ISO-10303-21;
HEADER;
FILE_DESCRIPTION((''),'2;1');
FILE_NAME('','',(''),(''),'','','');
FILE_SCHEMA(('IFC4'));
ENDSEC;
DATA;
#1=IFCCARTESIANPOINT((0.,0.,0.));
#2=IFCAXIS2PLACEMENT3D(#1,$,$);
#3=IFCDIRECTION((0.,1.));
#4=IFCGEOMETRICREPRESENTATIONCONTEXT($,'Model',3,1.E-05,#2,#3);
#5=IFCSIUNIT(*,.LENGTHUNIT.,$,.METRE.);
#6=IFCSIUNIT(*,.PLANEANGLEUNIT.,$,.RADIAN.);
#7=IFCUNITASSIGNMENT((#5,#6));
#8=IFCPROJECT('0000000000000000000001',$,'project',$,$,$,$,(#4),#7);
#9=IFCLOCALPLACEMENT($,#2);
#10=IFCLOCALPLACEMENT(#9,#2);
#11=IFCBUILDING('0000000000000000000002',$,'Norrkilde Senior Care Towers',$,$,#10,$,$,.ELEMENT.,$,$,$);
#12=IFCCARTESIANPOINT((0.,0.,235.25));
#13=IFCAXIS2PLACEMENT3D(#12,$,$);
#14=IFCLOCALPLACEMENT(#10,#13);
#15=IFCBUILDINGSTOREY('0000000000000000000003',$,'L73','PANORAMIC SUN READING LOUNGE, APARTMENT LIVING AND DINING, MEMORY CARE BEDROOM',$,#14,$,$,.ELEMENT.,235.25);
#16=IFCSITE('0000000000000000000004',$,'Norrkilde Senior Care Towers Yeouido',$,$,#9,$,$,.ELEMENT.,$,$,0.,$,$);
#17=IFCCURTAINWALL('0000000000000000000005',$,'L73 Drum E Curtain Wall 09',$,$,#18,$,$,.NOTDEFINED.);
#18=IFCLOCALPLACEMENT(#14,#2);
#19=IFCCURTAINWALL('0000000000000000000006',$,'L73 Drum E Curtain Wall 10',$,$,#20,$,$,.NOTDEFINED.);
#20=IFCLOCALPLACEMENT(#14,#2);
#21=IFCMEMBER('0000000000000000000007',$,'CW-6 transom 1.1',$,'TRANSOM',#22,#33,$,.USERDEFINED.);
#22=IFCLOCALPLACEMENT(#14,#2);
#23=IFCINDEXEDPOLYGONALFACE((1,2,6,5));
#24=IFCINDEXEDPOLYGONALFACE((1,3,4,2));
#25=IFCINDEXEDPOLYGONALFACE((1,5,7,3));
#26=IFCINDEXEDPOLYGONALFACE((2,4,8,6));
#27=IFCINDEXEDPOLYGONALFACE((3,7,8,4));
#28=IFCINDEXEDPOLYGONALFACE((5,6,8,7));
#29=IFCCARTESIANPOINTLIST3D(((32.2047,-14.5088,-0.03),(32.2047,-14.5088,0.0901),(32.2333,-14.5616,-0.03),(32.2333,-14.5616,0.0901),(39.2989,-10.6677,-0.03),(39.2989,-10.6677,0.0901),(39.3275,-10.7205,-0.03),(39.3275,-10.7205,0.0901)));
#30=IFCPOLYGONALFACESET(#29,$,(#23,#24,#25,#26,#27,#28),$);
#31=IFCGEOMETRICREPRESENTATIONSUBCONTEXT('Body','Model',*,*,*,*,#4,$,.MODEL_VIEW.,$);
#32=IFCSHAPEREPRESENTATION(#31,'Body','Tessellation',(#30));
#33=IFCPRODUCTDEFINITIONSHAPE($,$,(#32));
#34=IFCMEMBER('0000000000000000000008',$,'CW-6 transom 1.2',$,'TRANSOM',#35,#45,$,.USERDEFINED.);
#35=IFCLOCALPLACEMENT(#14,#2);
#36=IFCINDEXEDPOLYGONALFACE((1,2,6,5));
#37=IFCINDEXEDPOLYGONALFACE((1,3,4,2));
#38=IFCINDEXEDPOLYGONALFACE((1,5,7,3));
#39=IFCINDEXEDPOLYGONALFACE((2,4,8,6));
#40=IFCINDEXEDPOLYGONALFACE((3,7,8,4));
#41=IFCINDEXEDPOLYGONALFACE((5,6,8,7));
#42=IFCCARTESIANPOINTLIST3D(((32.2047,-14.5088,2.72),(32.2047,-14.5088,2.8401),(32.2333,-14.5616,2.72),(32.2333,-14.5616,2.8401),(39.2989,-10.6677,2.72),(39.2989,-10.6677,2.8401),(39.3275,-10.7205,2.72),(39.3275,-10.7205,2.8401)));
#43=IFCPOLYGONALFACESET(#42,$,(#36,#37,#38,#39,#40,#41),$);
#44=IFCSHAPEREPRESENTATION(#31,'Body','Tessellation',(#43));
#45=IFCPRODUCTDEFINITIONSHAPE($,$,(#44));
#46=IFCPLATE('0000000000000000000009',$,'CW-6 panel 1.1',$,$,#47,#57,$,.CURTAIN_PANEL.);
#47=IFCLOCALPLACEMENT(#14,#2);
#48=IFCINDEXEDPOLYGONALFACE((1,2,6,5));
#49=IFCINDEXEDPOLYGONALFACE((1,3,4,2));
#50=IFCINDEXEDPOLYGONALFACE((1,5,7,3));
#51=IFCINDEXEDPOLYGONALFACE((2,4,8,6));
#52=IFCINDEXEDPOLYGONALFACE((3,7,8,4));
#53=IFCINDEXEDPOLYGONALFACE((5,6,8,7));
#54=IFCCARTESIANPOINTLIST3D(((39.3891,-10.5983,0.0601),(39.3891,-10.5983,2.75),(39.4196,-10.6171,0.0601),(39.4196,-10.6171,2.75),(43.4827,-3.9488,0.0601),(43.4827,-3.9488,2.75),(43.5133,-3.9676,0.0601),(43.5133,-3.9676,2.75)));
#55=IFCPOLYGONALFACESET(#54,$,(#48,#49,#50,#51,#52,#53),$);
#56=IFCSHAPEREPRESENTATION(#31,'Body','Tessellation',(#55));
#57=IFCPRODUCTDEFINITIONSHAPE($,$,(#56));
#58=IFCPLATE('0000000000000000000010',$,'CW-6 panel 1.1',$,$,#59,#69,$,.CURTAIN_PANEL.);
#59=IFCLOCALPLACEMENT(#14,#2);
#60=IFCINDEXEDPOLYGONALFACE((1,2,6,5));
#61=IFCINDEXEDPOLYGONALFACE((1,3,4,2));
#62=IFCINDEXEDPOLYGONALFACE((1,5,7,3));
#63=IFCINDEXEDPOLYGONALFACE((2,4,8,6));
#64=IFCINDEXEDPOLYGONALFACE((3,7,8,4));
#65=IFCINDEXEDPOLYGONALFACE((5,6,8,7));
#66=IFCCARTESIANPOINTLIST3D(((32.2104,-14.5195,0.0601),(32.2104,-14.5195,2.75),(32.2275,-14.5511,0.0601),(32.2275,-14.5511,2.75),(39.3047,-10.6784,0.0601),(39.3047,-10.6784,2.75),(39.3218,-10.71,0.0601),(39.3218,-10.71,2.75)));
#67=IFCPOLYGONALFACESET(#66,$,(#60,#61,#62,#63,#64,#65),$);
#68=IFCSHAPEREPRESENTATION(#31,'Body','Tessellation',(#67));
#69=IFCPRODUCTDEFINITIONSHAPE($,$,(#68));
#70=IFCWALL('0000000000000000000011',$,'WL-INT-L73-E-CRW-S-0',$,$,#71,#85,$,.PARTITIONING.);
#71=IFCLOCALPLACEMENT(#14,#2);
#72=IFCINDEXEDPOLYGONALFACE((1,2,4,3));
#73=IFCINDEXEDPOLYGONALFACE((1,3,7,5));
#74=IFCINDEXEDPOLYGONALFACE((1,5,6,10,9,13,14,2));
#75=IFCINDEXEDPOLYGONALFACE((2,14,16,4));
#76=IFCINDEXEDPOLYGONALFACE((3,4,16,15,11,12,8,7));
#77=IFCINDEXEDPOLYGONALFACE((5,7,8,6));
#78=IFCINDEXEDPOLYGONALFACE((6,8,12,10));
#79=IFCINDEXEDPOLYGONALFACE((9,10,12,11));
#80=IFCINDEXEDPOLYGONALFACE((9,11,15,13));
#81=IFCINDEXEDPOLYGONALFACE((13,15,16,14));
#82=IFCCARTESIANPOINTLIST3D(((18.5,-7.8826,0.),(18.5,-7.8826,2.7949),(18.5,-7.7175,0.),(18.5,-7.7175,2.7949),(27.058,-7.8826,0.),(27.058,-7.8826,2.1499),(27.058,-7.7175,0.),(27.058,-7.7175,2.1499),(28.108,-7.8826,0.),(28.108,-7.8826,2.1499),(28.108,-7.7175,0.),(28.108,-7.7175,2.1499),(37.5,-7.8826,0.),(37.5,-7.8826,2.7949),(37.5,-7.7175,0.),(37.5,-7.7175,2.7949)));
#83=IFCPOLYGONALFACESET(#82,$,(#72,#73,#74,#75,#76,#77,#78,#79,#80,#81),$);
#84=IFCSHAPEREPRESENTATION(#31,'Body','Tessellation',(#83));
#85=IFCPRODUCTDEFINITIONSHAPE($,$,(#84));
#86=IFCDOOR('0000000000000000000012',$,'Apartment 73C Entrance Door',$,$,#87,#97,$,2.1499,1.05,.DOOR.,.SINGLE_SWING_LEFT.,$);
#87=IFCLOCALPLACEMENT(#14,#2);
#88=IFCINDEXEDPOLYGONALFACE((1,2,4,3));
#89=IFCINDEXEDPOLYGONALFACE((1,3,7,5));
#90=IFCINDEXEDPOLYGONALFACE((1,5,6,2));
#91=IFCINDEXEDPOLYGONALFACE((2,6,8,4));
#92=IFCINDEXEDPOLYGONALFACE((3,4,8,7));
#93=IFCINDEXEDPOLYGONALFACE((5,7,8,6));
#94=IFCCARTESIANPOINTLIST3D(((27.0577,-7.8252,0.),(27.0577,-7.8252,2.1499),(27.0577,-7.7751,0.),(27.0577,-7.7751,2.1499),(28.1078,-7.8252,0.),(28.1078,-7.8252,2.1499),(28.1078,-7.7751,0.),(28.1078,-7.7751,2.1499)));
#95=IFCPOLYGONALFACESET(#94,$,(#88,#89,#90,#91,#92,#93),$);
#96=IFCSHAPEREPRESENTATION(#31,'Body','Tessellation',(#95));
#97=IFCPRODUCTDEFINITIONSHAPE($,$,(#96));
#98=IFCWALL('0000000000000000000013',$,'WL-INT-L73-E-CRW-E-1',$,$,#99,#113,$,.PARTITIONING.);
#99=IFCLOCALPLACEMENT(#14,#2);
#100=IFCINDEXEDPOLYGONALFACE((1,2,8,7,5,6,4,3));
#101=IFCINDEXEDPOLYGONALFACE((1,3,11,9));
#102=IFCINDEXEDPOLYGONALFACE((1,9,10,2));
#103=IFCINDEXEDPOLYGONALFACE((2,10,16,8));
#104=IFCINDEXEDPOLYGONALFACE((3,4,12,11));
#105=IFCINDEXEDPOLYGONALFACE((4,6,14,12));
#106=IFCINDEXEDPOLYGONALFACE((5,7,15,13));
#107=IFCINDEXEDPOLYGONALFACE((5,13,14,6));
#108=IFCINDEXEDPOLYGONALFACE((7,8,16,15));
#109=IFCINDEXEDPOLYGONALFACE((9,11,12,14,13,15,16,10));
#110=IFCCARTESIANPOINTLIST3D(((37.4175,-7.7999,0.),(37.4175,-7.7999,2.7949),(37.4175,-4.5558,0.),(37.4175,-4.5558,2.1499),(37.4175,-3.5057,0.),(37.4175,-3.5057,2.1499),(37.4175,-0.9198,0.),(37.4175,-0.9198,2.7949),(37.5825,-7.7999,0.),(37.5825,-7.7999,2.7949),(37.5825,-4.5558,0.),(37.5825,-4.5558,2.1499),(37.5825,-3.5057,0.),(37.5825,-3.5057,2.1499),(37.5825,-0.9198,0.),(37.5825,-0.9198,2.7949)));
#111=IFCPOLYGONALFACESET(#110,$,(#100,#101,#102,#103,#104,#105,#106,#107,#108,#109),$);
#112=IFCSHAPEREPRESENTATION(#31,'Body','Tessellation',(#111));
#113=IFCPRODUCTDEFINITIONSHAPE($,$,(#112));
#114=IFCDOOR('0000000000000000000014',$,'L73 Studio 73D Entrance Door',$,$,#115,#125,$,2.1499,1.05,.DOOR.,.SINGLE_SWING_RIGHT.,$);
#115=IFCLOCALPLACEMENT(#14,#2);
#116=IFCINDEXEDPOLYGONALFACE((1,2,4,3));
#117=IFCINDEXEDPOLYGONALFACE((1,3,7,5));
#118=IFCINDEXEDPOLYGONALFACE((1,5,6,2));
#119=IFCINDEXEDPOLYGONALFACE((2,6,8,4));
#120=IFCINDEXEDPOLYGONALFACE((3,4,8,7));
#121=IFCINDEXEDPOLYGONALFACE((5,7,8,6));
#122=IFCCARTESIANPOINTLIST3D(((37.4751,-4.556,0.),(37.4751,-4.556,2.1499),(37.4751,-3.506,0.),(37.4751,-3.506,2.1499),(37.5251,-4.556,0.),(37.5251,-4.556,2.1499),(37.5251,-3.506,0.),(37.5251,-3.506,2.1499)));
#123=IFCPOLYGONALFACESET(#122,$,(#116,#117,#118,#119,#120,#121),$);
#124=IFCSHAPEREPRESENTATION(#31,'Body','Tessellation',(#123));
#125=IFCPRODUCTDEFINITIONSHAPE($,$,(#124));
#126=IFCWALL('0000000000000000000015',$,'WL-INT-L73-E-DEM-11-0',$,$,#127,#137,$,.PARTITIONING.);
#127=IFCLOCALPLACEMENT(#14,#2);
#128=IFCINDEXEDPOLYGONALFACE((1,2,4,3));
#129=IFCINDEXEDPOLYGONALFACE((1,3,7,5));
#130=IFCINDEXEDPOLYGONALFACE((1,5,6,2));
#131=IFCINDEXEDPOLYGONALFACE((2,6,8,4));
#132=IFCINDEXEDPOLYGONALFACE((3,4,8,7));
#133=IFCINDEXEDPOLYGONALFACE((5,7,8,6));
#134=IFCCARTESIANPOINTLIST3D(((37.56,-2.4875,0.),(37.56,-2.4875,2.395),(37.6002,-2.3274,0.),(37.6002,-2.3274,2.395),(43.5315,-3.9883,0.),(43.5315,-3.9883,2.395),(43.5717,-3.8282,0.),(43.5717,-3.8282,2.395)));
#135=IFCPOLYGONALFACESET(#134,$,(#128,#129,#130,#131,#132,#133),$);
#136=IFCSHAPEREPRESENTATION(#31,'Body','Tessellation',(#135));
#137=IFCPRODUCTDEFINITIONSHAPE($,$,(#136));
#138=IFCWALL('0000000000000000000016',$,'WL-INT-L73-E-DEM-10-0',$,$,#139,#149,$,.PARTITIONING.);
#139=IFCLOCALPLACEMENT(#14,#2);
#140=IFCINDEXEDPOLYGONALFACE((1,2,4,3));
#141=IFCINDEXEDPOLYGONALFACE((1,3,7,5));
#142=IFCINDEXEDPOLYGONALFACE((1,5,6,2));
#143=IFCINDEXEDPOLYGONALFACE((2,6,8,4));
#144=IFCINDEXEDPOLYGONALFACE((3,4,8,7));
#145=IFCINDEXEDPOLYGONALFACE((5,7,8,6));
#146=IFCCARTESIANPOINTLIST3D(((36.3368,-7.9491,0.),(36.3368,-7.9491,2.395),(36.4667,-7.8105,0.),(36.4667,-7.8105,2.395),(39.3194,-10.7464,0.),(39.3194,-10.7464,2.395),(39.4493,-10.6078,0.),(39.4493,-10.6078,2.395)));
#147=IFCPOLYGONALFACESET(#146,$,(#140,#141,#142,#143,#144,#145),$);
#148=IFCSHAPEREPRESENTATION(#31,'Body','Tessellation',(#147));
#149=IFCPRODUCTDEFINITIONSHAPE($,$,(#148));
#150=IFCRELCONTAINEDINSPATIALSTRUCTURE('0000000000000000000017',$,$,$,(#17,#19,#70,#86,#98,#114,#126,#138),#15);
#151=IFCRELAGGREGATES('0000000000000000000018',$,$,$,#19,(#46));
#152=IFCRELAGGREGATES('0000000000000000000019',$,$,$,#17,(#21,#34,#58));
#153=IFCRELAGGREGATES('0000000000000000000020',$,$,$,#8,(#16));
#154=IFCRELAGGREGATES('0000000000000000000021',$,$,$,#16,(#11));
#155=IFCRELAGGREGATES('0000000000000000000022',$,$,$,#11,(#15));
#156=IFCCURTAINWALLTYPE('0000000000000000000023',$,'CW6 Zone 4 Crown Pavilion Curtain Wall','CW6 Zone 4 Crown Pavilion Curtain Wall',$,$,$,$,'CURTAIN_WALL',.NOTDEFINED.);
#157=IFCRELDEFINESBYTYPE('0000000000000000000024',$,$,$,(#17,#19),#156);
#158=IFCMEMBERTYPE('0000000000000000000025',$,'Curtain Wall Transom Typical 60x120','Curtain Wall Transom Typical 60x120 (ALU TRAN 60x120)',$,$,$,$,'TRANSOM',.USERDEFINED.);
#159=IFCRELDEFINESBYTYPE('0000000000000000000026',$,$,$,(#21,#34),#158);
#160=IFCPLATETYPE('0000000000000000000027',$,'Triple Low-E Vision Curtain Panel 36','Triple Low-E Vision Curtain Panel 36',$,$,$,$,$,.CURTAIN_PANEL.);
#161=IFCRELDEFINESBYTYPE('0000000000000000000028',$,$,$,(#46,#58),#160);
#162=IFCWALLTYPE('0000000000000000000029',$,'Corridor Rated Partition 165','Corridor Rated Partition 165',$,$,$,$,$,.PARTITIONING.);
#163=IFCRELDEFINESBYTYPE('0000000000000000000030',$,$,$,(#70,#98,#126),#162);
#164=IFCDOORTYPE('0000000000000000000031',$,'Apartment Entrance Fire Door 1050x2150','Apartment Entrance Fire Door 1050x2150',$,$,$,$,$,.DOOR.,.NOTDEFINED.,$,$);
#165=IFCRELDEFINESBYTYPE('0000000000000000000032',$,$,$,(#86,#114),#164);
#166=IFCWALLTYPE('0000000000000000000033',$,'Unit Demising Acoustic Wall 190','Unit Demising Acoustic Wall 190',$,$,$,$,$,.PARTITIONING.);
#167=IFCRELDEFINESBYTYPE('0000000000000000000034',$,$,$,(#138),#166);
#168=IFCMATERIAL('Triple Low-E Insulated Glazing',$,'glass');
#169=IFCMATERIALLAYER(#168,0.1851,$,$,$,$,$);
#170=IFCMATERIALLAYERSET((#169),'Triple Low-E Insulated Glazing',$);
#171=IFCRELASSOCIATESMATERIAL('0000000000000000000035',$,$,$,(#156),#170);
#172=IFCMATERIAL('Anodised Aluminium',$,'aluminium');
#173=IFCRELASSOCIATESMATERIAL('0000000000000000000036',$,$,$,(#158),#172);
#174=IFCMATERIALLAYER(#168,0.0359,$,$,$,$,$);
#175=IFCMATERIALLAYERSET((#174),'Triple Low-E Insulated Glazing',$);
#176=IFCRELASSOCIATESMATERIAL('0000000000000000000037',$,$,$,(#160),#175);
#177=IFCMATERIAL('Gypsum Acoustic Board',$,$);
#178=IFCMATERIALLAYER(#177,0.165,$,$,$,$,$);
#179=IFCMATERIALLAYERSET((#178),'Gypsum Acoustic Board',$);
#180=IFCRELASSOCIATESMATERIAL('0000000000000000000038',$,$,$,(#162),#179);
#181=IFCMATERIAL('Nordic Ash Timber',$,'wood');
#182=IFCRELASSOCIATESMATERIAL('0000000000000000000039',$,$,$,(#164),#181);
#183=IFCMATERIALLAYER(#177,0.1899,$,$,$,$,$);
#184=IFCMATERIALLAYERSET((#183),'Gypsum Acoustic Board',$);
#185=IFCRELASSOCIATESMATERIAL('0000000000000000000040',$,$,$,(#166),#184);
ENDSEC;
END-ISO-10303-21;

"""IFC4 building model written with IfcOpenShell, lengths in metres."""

from ifc_helpers import new_model, si_unit, direction, frame, frame_2d, origin, origin_2d, place, context, subcontext, project, spatial, rectangle, extrude, source, transform, mapped, material, layer, layer_set, material_profile, profile_set, type_object, type_shapes, element, fill, aggregate, save


model = new_model("IFC4")

# Units and contexts
model_context = context("Model", 3, precision=1e-05, world=origin(), true_north=direction((0.0, 1.0)))
body_context = subcontext(model_context, "Body", "Model", "MODEL_VIEW")
ifc_project = project(units=[si_unit("LENGTHUNIT", "METRE"), si_unit("PLANEANGLEUNIT", "RADIAN")], contexts=[model_context])

# Site, building, storey
site_placement = place(None, origin())
site = spatial("IfcSite", under=ifc_project, at=site_placement, Name="Norrkilde Senior Care Towers Yeouido", CompositionType="ELEMENT", RefElevation=0.0)
building_placement = place(site_placement, origin())
building = spatial("IfcBuilding", under=site, at=building_placement, Name="Norrkilde Senior Care Towers", CompositionType="ELEMENT")
storey_placement = place(building_placement, frame((0.0, 0.0, 235.25)))
storey = spatial("IfcBuildingStorey", under=building, at=storey_placement, Name="L73", Description="PANORAMIC SUN READING LOUNGE, APARTMENT LIVING AND DINING, MEMORY CARE BEDROOM", CompositionType="ELEMENT", Elevation=235.25)

# Curtain wall
ifc_material_1 = material(Name="Triple Low-E Insulated Glazing", Category="glass")
ifc_layer_1 = layer(ifc_material_1, 0.1851)
ifc_layer_set_1 = layer_set([ifc_layer_1], Name="Triple Low-E Insulated Glazing")
curtain_wall_type = type_object("IfcCurtainWallType", Name="CW6 Zone 4 Crown Pavilion Curtain Wall", Description="CW6 Zone 4 Crown Pavilion Curtain Wall", ElementType="CURTAIN_WALL", PredefinedType="NOTDEFINED", material=ifc_layer_set_1)
curtain_wall_1_placement = place(storey_placement, origin())
curtain_wall_1 = element("IfcCurtainWall", 1, at=curtain_wall_1_placement, inside=storey, type_object=curtain_wall_type, Name="L73 Drum E Curtain Wall 09", PredefinedType="NOTDEFINED")
ifc_material_2 = material(Name="Anodised Aluminium", Category="aluminium")

# Curtain wall
curtain_wall_2_placement = place(storey_placement, origin())
curtain_wall_2 = element("IfcCurtainWall", 2, at=curtain_wall_2_placement, inside=storey, type_object=curtain_wall_type, Name="L73 Drum E Curtain Wall 10", PredefinedType="NOTDEFINED")

# Members
ifc_material_profile_1 = material_profile(ifc_material_2, rectangle(XDim=0.0601, YDim=0.1201, at=origin_2d()), Name="ALU TRAN 60x120")
ifc_profile_set_1 = profile_set([ifc_material_profile_1], Name="Anodised Aluminium")
member_type_1 = type_object("IfcMemberType", Name="Curtain Wall Transom Typical 60x120", Description="Curtain Wall Transom Typical 60x120 (ALU TRAN 60x120)", ElementType="TRANSOM", PredefinedType="USERDEFINED", material=ifc_profile_set_1)
shared_shape_1 = source(origin(), body_context, "Body", "SweptSolid", [
    extrude(rectangle(XDim=0.0601, YDim=0.1201, at=origin_2d()), origin(), (0.0, 0.0, 1.0), 8.0674),
])
member_1_placement = place(storey_placement, frame((39.3132, -10.6941, 0.03), z_axis=(-0.879378, -0.476125, 0.0), x_axis=(0.476125, -0.879378, 0.0)))
member_1 = element("IfcMember", 3, at=member_1_placement, type_object=member_type_1, Name="CW-6 transom 1.1", ObjectType="TRANSOM", PredefinedType="USERDEFINED", context=body_context, shape_type="MappedRepresentation", body=[
    mapped(shared_shape_1, transform((0.0, 0.0, 0.0), x_axis=(1.0, 0.0, 0.0), y_axis=(0.0, 1.0, 0.0), z_axis=(0.0, 0.0, 1.0), scale=1.0)),
])
member_2_placement = place(storey_placement, frame((39.3132, -10.6941, 2.78), z_axis=(-0.879378, -0.476125, 0.0), x_axis=(0.476125, -0.879378, 0.0)))
member_2 = element("IfcMember", 4, at=member_2_placement, type_object=member_type_1, Name="CW-6 transom 1.2", ObjectType="TRANSOM", PredefinedType="USERDEFINED", context=body_context, shape_type="MappedRepresentation", body=[
    mapped(shared_shape_1, transform((0.0, 0.0, 0.0), x_axis=(1.0, 0.0, 0.0), y_axis=(0.0, 1.0, 0.0), z_axis=(0.0, 0.0, 1.0), scale=1.0)),
])

# Plates
ifc_layer_2 = layer(ifc_material_1, 0.0359)
ifc_layer_set_2 = layer_set([ifc_layer_2], Name="Triple Low-E Insulated Glazing")
plate_type = type_object("IfcPlateType", Name="Triple Low-E Vision Curtain Panel 36", Description="Triple Low-E Vision Curtain Panel 36", PredefinedType="CURTAIN_PANEL", material=ifc_layer_set_2)
shared_shape_2 = source(origin(), body_context, "Body", "SweptSolid", [
    extrude(rectangle(XDim=7.8086, YDim=0.0359, at=origin_2d()), origin(), (0.0, 0.0, 1.0), 2.6899),
])
plate_1_placement = place(storey_placement, frame((41.4512, -7.283, 0.0601), z_axis=(0.0, 0.0, 1.0), x_axis=(-0.524253, -0.851563, 0.0)))
plate_1 = element("IfcPlate", 5, at=plate_1_placement, type_object=plate_type, Name="CW-6 panel 1.1", PredefinedType="CURTAIN_PANEL", context=body_context, shape_type="MappedRepresentation", body=[
    mapped(shared_shape_2, transform((0.0, 0.0, 0.0), x_axis=(1.0, 0.0, 0.0), y_axis=(0.0, 1.0, 0.0), z_axis=(0.0, 0.0, 1.0), scale=1.0)),
])
aggregate(curtain_wall_2, [plate_1])
shared_shape_3 = source(origin(), body_context, "Body", "SweptSolid", [
    extrude(rectangle(XDim=8.0674, YDim=0.0359, at=origin_2d()), origin(), (0.0, 0.0, 1.0), 2.6899),
])
type_shapes(plate_type, [shared_shape_2, shared_shape_3])
plate_2_placement = place(storey_placement, frame((35.7661, -12.6147, 0.0601), z_axis=(0.0, 0.0, 1.0), x_axis=(-0.879373, -0.476133, 0.0)))
plate_2 = element("IfcPlate", 6, at=plate_2_placement, type_object=plate_type, Name="CW-6 panel 1.1", PredefinedType="CURTAIN_PANEL", context=body_context, shape_type="MappedRepresentation", body=[
    mapped(shared_shape_3, transform((0.0, 0.0, 0.0), x_axis=(1.0, 0.0, 0.0), y_axis=(0.0, 1.0, 0.0), z_axis=(0.0, 0.0, 1.0), scale=1.0)),
])
aggregate(curtain_wall_1, [member_1, member_2, plate_2])

# Walls, openings, doors
ifc_material_3 = material(Name="Gypsum Acoustic Board")
ifc_layer_3 = layer(ifc_material_3, 0.165)
ifc_layer_set_3 = layer_set([ifc_layer_3], Name="Gypsum Acoustic Board")
wall_type_1 = type_object("IfcWallType", Name="Corridor Rated Partition 165", Description="Corridor Rated Partition 165", PredefinedType="PARTITIONING", material=ifc_layer_set_3)
shared_shape_4 = source(origin(), body_context, "Body", "SweptSolid", [
    extrude(rectangle(XDim=19.0, YDim=0.165, at=frame_2d((9.5, 0.0))), origin(), (0.0, 0.0, 1.0), 2.7949),
])
wall_1_placement = place(storey_placement, frame((37.5, -7.8, 0.0), z_axis=(0.0, 0.0, 1.0), x_axis=(-1.0, 0.0, 0.0)))
wall_1 = element("IfcWall", 7, at=wall_1_placement, inside=storey, type_object=wall_type_1, Name="WL-INT-L73-E-CRW-S-0", PredefinedType="PARTITIONING", context=body_context, shape_type="MappedRepresentation", body=[
    mapped(shared_shape_4, transform((0.0, 0.0, 0.0), x_axis=(1.0, 0.0, 0.0), y_axis=(0.0, 1.0, 0.0), z_axis=(0.0, 0.0, 1.0), scale=1.0)),
])
opening_1_placement = place(wall_1_placement, frame((9.3921, 0.0, 0.0)))
opening_1 = element("IfcOpeningElement", 8, at=opening_1_placement, cuts=wall_1, PredefinedType="OPENING", context=body_context, shape_type="SweptSolid", body=[
    extrude(rectangle(XDim=1.05, YDim=2.1499, at=frame_2d((0.5249, 1.075))), frame((0.0, 0.0925, 0.0), z_axis=(0.0, -1.0, 0.0), x_axis=(1.0, 0.0, 0.0)), (0.0, 0.0, 1.0), 0.1851),
])
ifc_material_4 = material(Name="Nordic Ash Timber", Category="wood")
door_type_1 = type_object("IfcDoorType", Name="Apartment Entrance Fire Door 1050x2150", Description="Apartment Entrance Fire Door 1050x2150", OperationType="NOTDEFINED", PredefinedType="DOOR", material=ifc_material_4)
shared_shape_5 = source(origin(), body_context, "Body", "SweptSolid", [
    extrude(rectangle(XDim=1.05, YDim=2.1499, at=frame_2d((0.5249, 1.075))), frame((0.0, 0.0249, 0.0), z_axis=(0.0, -1.0, 0.0), x_axis=(1.0, 0.0, 0.0)), (0.0, 0.0, 1.0), 0.05),
])
type_shapes(door_type_1, [shared_shape_5])
door_1_placement = place(opening_1_placement, frame((1.05, 0.0, 0.0), z_axis=(0.0, 0.0, 1.0), x_axis=(-1.0, 0.0, 0.0)))
door_1 = element("IfcDoor", 9, at=door_1_placement, inside=storey, type_object=door_type_1, Name="Apartment 73C Entrance Door", OperationType="SINGLE_SWING_LEFT", OverallHeight=2.1499, OverallWidth=1.05, PredefinedType="DOOR", context=body_context, shape_type="MappedRepresentation", body=[
    mapped(shared_shape_5, transform((0.0, 0.0, 0.0), x_axis=(1.0, 0.0, 0.0), y_axis=(0.0, 1.0, 0.0), z_axis=(0.0, 0.0, 1.0), scale=1.0)),
])
fill(opening_1, door_1)
shared_shape_6 = source(origin(), body_context, "Body", "SweptSolid", [
    extrude(rectangle(XDim=6.8801, YDim=0.165, at=frame_2d((3.4399, 0.0))), origin(), (0.0, 0.0, 1.0), 2.7949),
])
wall_2_placement = place(storey_placement, frame((37.5, -0.9199, 0.0), z_axis=(0.0, 0.0, 1.0), x_axis=(0.0, -1.0, 0.0)))
wall_2 = element("IfcWall", 10, at=wall_2_placement, inside=storey, type_object=wall_type_1, Name="WL-INT-L73-E-CRW-E-1", PredefinedType="PARTITIONING", context=body_context, shape_type="MappedRepresentation", body=[
    mapped(shared_shape_6, transform((0.0, 0.0, 0.0), x_axis=(1.0, 0.0, 0.0), y_axis=(0.0, 1.0, 0.0), z_axis=(0.0, 0.0, 1.0), scale=1.0)),
])
opening_2_placement = place(wall_2_placement, frame((2.5859, 0.0, 0.0)))
opening_2 = element("IfcOpeningElement", 11, at=opening_2_placement, cuts=wall_2, PredefinedType="OPENING", context=body_context, shape_type="SweptSolid", body=[
    extrude(rectangle(XDim=1.05, YDim=2.1499, at=frame_2d((0.5249, 1.075))), frame((0.0, 0.0925, 0.0), z_axis=(0.0, -1.0, 0.0), x_axis=(1.0, 0.0, 0.0)), (0.0, 0.0, 1.0), 0.1851),
])
door_2_placement = place(opening_2_placement, frame((1.05, 0.0, 0.0), z_axis=(0.0, 0.0, 1.0), x_axis=(-1.0, 0.0, 0.0)))
door_2 = element("IfcDoor", 12, at=door_2_placement, inside=storey, type_object=door_type_1, Name="L73 Studio 73D Entrance Door", OperationType="SINGLE_SWING_RIGHT", OverallHeight=2.1499, OverallWidth=1.05, PredefinedType="DOOR", context=body_context, shape_type="MappedRepresentation", body=[
    mapped(shared_shape_5, transform((0.0, 0.0, 0.0), x_axis=(1.0, 0.0, 0.0), y_axis=(0.0, 1.0, 0.0), z_axis=(0.0, 0.0, 1.0), scale=1.0)),
])
fill(opening_2, door_2)

# Walls
shared_shape_7 = source(origin(), body_context, "Body", "SweptSolid", [
    extrude(rectangle(XDim=6.1572, YDim=0.165, at=frame_2d((3.0786, 0.0))), origin(), (0.0, 0.0, 1.0), 2.395),
])
wall_3_placement = place(storey_placement, frame((37.5801, -2.4075, 0.0), z_axis=(0.0, 0.0, 1.0), x_axis=(0.969841, -0.243739, 0.0)))
element("IfcWall", 13, at=wall_3_placement, inside=storey, type_object=wall_type_1, Name="WL-INT-L73-E-DEM-11-0", PredefinedType="PARTITIONING", context=body_context, shape_type="MappedRepresentation", body=[
    mapped(shared_shape_7, transform((0.0, 0.0, 0.0), x_axis=(1.0, 0.0, 0.0), y_axis=(0.0, 1.0, 0.0), z_axis=(0.0, 0.0, 1.0), scale=1.0)),
])
ifc_layer_4 = layer(ifc_material_3, 0.1899)
ifc_layer_set_4 = layer_set([ifc_layer_4], Name="Gypsum Acoustic Board")
wall_type_2 = type_object("IfcWallType", Name="Unit Demising Acoustic Wall 190", Description="Unit Demising Acoustic Wall 190", PredefinedType="PARTITIONING", material=ifc_layer_set_4)
shared_shape_8 = source(origin(), body_context, "Body", "SweptSolid", [
    extrude(rectangle(XDim=4.0891, YDim=0.1899, at=frame_2d((2.0444, 0.0))), origin(), (0.0, 0.0, 1.0), 2.395),
])
type_shapes(wall_type_2, [shared_shape_8])
wall_4_placement = place(storey_placement, frame((36.4019, -7.8799, 0.0), z_axis=(0.0, 0.0, 1.0), x_axis=(0.729401, -0.684086, 0.0)))
element("IfcWall", 14, at=wall_4_placement, inside=storey, type_object=wall_type_2, Name="WL-INT-L73-E-DEM-10-0", PredefinedType="PARTITIONING", context=body_context, shape_type="MappedRepresentation", body=[
    mapped(shared_shape_8, transform((0.0, 0.0, 0.0), x_axis=(1.0, 0.0, 0.0), y_axis=(0.0, 1.0, 0.0), z_axis=(0.0, 0.0, 1.0), scale=1.0)),
])

save(model, "model.ifc")
